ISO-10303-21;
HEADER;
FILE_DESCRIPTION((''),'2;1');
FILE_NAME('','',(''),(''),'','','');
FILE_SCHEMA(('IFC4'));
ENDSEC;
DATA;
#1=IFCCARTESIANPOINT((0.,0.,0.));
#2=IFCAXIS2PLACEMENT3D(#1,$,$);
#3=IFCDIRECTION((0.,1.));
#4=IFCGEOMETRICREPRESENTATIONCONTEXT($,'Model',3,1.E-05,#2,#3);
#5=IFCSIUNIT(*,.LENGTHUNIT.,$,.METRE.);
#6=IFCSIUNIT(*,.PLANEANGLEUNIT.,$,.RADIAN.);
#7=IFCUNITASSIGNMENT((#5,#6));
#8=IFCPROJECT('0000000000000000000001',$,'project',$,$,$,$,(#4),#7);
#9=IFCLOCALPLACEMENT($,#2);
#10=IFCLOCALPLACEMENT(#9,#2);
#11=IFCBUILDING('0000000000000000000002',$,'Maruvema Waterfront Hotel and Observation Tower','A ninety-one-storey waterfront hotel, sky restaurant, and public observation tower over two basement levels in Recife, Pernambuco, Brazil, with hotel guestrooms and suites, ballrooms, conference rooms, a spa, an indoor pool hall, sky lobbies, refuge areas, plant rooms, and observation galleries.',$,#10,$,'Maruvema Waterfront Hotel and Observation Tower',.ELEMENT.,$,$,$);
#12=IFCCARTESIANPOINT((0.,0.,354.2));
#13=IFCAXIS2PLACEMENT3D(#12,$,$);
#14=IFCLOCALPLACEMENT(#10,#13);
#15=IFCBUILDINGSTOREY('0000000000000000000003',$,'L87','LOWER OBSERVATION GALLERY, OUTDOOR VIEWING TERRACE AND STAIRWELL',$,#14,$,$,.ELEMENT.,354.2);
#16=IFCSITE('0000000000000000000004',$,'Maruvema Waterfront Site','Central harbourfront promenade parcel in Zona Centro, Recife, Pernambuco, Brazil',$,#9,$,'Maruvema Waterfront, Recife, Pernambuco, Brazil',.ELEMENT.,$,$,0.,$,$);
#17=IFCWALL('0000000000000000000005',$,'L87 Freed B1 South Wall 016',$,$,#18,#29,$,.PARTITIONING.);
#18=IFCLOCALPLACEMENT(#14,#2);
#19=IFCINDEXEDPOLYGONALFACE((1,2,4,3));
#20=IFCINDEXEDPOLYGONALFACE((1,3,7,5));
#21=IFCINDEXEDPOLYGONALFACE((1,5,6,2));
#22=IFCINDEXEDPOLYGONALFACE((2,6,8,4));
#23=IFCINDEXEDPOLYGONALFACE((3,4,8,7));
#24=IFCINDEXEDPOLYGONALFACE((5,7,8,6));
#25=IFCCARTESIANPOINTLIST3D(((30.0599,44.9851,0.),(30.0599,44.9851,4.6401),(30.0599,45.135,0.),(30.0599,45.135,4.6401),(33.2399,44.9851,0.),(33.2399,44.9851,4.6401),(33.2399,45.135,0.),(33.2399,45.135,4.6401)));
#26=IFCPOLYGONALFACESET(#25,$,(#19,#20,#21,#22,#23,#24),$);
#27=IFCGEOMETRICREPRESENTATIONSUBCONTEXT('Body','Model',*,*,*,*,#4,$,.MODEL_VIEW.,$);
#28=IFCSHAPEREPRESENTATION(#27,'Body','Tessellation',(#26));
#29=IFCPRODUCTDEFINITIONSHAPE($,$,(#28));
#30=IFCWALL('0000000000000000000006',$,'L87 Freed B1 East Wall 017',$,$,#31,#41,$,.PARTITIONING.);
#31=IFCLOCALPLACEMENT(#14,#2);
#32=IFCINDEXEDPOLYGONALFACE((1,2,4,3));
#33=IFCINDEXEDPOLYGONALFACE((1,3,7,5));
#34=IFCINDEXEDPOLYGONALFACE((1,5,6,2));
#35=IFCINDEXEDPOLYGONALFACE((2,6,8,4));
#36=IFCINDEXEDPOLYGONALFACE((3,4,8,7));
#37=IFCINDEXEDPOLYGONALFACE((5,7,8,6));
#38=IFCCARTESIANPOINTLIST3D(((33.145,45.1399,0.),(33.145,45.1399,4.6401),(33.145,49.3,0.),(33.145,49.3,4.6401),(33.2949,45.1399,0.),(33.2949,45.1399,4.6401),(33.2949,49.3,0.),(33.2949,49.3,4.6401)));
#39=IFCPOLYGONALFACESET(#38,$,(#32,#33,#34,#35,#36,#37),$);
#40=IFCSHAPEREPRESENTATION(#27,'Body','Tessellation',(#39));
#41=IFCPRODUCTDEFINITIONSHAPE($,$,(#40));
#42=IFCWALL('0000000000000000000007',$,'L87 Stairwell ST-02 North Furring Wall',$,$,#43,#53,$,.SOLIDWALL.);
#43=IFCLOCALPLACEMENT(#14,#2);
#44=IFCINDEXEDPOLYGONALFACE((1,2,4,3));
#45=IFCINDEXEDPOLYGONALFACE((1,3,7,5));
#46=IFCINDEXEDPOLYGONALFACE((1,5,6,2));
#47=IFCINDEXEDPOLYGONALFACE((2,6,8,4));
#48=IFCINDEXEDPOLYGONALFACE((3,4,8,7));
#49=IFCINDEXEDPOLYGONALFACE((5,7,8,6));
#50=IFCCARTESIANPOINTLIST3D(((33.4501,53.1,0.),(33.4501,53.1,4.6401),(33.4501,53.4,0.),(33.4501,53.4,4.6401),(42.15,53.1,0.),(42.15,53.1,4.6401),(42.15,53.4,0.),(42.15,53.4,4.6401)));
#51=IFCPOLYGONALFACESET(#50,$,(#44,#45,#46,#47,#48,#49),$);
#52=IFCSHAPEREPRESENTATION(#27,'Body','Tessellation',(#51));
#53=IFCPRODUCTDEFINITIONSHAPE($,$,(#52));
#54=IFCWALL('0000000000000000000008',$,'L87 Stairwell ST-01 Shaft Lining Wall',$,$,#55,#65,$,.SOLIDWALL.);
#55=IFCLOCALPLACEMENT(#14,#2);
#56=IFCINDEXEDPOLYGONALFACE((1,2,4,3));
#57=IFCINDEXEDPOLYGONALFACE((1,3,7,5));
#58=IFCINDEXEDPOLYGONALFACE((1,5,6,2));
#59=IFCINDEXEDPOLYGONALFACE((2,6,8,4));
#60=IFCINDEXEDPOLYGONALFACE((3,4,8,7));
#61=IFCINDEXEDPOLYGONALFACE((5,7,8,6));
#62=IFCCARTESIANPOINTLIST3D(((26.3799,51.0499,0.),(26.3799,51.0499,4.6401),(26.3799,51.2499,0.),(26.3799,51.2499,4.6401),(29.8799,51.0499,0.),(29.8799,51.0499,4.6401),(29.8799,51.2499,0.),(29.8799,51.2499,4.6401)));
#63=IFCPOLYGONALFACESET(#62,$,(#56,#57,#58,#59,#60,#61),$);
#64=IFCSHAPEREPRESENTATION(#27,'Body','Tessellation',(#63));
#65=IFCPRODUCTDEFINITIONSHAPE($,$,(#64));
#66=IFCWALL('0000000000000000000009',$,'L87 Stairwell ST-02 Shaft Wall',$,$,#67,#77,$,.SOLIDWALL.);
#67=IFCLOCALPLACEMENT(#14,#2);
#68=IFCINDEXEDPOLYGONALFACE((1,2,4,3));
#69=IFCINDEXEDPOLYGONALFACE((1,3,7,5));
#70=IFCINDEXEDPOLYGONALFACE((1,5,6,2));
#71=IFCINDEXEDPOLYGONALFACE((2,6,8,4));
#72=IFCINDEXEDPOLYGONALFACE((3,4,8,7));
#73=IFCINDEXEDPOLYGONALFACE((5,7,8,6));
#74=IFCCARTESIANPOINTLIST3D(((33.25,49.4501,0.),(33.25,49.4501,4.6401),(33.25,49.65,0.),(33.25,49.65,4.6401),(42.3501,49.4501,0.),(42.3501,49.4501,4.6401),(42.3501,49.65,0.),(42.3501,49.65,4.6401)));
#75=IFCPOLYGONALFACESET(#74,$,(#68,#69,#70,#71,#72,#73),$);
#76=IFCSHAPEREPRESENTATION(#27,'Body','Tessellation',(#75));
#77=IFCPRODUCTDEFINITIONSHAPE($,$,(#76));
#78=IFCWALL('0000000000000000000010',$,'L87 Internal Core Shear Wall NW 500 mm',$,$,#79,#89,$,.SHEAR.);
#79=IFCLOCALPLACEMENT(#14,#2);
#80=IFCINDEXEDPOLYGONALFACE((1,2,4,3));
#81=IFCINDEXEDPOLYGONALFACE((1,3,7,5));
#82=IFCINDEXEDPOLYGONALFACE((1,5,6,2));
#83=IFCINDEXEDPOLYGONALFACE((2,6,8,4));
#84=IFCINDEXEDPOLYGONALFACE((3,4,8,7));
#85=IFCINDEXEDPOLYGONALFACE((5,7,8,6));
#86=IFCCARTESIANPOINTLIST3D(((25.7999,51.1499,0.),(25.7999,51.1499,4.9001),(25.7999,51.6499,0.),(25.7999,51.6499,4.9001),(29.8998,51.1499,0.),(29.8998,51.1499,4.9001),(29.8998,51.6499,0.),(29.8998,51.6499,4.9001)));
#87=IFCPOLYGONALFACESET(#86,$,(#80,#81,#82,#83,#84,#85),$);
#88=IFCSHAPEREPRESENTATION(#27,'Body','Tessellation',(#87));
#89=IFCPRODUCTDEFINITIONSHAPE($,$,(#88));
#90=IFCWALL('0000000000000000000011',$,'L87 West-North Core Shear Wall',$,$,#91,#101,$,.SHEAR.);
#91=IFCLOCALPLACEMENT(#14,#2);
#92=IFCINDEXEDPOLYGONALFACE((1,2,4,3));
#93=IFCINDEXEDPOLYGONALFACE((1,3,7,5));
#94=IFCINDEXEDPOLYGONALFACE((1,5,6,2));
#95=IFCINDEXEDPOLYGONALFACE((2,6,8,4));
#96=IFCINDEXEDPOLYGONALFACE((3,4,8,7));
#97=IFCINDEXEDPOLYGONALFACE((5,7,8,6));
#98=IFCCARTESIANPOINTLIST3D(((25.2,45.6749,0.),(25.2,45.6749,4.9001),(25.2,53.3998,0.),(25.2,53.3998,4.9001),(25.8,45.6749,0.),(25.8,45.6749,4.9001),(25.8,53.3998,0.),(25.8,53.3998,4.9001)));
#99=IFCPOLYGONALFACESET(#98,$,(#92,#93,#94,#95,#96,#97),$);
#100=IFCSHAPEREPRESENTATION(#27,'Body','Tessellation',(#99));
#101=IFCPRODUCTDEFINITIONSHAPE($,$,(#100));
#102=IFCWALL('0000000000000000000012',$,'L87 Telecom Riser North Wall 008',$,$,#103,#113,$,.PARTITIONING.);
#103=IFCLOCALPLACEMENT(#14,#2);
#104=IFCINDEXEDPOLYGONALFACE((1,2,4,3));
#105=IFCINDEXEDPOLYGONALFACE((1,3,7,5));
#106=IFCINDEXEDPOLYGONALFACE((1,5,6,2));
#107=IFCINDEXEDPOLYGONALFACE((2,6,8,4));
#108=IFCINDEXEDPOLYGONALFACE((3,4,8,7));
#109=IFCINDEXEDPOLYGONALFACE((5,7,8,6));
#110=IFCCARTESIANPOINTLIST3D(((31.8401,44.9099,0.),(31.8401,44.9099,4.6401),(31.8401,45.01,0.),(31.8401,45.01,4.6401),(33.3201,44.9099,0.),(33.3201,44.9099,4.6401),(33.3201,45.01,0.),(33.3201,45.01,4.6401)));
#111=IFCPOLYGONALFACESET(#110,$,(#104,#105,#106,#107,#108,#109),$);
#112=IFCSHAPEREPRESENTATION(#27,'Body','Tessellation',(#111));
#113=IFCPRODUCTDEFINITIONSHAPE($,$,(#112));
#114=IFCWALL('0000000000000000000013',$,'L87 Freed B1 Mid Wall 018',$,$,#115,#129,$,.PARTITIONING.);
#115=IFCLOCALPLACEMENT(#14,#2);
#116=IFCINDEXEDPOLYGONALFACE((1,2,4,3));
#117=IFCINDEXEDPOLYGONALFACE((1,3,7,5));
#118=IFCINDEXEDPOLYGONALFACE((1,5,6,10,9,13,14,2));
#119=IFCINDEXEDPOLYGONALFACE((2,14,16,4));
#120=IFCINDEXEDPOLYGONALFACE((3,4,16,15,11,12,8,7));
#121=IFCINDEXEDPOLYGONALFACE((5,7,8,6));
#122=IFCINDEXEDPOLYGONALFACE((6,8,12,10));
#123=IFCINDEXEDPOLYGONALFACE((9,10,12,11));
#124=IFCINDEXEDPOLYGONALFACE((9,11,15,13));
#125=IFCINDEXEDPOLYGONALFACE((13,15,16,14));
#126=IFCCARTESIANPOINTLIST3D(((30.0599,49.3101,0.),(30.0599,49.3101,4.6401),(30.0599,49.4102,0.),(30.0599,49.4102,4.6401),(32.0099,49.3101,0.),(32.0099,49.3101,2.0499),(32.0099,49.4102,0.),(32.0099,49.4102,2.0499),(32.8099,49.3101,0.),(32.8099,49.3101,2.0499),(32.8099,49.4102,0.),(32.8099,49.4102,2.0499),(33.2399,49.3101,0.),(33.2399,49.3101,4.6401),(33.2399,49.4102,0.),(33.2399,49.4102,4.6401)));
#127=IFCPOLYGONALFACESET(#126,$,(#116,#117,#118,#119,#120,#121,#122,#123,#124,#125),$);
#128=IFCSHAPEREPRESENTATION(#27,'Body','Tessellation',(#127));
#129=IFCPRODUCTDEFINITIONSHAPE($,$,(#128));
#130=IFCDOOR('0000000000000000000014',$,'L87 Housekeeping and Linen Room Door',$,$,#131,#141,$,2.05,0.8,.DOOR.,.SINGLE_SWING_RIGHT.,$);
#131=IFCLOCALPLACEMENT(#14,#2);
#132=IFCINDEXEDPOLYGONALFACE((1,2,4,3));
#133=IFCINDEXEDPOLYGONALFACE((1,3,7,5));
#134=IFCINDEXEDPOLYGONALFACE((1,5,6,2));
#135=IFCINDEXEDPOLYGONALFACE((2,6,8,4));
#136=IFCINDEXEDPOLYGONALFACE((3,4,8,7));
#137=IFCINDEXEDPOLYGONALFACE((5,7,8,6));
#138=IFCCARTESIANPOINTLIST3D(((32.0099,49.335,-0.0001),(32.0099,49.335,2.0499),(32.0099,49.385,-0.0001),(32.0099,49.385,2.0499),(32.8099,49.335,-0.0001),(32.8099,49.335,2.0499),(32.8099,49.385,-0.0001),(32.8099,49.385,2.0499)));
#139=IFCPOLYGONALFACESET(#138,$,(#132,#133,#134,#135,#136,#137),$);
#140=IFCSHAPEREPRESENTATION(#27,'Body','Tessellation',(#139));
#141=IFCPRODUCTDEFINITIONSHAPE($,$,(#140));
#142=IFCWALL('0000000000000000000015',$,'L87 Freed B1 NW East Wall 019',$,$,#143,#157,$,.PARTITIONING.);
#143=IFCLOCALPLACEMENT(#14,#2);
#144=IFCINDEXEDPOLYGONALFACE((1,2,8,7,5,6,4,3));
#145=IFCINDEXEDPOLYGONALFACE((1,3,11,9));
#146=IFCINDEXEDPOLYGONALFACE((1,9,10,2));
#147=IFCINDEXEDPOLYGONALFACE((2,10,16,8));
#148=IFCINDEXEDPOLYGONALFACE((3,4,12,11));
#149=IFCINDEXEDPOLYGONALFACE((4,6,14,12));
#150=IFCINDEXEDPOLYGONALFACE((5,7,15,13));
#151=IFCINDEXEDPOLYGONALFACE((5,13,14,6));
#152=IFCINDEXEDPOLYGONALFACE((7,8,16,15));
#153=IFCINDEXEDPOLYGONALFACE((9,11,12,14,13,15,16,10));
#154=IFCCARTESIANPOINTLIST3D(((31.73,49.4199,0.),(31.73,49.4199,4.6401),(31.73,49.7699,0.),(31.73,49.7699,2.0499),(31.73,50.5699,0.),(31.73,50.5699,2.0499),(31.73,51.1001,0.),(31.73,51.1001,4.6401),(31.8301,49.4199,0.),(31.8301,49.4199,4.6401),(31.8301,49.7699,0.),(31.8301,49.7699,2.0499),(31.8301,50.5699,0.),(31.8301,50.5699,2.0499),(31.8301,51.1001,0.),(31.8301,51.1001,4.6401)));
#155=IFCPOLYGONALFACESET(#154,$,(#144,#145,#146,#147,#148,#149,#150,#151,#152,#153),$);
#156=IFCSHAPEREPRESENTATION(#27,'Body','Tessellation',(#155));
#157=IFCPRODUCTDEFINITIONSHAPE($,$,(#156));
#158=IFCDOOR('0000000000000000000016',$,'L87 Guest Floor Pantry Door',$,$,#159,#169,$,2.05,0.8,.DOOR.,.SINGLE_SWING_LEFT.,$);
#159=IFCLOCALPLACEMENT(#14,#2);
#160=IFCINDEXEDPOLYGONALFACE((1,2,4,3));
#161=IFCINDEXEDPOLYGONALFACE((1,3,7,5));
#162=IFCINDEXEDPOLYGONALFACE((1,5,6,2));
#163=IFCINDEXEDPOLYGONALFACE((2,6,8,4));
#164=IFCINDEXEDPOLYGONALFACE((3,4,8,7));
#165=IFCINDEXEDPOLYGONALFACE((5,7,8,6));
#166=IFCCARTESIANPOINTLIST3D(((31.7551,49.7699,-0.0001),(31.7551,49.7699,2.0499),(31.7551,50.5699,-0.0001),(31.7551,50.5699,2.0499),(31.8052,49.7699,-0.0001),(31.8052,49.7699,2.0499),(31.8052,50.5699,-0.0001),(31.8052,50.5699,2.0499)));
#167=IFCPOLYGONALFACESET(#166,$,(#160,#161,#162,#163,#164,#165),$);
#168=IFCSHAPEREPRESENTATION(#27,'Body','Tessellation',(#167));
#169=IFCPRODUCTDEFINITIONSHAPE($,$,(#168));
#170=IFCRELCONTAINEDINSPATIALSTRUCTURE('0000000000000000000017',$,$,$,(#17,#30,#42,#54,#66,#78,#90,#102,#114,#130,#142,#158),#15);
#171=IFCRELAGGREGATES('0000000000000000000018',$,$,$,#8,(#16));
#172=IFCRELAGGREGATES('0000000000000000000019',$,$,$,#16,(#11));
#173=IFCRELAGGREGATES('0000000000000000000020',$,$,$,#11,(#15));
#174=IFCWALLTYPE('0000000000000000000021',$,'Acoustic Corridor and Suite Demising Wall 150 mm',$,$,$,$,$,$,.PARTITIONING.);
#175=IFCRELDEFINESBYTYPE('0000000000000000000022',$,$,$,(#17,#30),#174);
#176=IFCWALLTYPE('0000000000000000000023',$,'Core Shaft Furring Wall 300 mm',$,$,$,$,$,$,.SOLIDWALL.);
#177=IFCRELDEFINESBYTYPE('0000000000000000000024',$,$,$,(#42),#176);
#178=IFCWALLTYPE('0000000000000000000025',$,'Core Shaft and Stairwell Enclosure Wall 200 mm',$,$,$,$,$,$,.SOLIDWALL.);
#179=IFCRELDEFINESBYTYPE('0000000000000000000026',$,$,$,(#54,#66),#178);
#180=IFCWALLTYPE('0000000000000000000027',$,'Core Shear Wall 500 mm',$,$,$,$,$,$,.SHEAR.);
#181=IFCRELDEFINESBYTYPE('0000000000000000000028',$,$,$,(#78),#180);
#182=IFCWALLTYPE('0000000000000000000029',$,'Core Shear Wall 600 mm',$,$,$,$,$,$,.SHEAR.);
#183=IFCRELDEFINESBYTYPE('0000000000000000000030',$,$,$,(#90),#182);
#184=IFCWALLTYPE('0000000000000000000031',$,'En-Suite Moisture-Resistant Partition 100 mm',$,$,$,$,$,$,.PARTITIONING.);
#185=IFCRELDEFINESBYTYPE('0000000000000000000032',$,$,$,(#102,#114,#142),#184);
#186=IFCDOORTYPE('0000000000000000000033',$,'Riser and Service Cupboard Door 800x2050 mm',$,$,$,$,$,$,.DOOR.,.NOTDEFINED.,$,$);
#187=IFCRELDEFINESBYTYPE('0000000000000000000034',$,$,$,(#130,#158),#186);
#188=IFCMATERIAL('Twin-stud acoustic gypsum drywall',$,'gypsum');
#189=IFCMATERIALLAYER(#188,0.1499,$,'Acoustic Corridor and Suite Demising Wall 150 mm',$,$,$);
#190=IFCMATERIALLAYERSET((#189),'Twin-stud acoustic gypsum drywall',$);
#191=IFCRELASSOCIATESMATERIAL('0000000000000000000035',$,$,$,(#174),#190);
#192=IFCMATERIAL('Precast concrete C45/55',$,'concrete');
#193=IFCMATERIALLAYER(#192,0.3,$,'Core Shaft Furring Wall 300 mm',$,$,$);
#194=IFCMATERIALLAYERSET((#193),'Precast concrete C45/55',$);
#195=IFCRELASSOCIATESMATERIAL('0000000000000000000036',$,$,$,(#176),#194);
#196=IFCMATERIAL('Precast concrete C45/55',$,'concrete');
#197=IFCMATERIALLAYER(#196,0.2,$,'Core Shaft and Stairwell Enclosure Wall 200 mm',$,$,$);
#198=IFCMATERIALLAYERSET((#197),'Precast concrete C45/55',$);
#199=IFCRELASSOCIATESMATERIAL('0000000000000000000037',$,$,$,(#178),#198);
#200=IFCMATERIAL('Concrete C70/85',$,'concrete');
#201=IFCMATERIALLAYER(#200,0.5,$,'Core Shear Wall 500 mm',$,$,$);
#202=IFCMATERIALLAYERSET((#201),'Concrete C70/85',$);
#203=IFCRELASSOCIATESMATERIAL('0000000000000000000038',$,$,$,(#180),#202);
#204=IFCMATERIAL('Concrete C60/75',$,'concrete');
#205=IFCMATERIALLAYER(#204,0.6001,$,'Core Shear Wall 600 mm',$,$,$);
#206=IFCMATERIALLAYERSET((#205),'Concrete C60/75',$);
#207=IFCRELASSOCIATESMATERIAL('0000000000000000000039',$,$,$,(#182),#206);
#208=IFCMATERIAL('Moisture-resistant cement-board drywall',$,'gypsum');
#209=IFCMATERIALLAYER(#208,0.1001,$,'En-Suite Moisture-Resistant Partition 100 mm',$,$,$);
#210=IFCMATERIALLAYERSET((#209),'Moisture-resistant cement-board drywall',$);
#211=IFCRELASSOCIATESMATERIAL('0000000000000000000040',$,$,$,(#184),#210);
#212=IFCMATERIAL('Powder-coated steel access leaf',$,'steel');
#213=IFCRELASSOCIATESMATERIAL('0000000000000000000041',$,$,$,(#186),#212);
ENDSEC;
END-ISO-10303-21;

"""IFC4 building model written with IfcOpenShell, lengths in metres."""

from ifc_helpers import new_model, si_unit, direction, frame, frame_2d, origin, place, context, subcontext, project, spatial, rectangle, extrude, material, layer, layer_set, type_object, element, fill, save


model = new_model("IFC4")

# Units and contexts
model_context = context("Model", 3, precision=1e-05, world=origin(), true_north=direction((0.0, 1.0)))
body_context = subcontext(model_context, "Body", "Model", "MODEL_VIEW")
ifc_project = project(units=[si_unit("LENGTHUNIT", "METRE"), si_unit("PLANEANGLEUNIT", "RADIAN")], contexts=[model_context])

# Site, building, storey
site_placement = place(None, origin())
site = spatial("IfcSite", under=ifc_project, at=site_placement, Name="Maruvema Waterfront Site", Description="Central harbourfront promenade parcel in Zona Centro, Recife, Pernambuco, Brazil", LongName="Maruvema Waterfront, Recife, Pernambuco, Brazil", CompositionType="ELEMENT", RefElevation=0.0)
building_placement = place(site_placement, origin())
building = spatial("IfcBuilding", under=site, at=building_placement, Name="Maruvema Waterfront Hotel and Observation Tower", Description="A ninety-one-storey waterfront hotel, sky restaurant, and public observation tower over two basement levels in Recife, Pernambuco, Brazil, with hotel guestrooms and suites, ballrooms, conference rooms, a spa, an indoor pool hall, sky lobbies, refuge areas, plant rooms, and observation galleries.", LongName="Maruvema Waterfront Hotel and Observation Tower", CompositionType="ELEMENT")
storey_placement = place(building_placement, frame((0.0, 0.0, 354.2)))
storey = spatial("IfcBuildingStorey", under=building, at=storey_placement, Name="L87", Description="LOWER OBSERVATION GALLERY, OUTDOOR VIEWING TERRACE AND STAIRWELL", CompositionType="ELEMENT", Elevation=354.2)

# Walls
ifc_material_1 = material(Name="Twin-stud acoustic gypsum drywall", Category="gypsum")
ifc_layer_1 = layer(ifc_material_1, 0.1499, Name="Acoustic Corridor and Suite Demising Wall 150 mm")
ifc_layer_set_1 = layer_set([ifc_layer_1], Name="Twin-stud acoustic gypsum drywall")
wall_type_1 = type_object("IfcWallType", Name="Acoustic Corridor and Suite Demising Wall 150 mm", PredefinedType="PARTITIONING", material=ifc_layer_set_1)
wall_1_placement = place(storey_placement, frame((30.0601, 45.0601, 0.0), z_axis=(0.0, 0.0, 1.0), x_axis=(1.0, 0.0, 0.0)))
element("IfcWall", 1, at=wall_1_placement, inside=storey, type_object=wall_type_1, Name="L87 Freed B1 South Wall 016", PredefinedType="PARTITIONING", context=body_context, shape_type="SweptSolid", body=[
    extrude(rectangle(XDim=3.1799, YDim=0.1499, at=frame_2d((1.5898, 0.0))), origin(), (0.0, 0.0, 1.0), 4.6401),
])
wall_2_placement = place(storey_placement, frame((33.22, 45.1399, 0.0), z_axis=(0.0, 0.0, 1.0), x_axis=(0.0, 1.0, 0.0)))
element("IfcWall", 2, at=wall_2_placement, inside=storey, type_object=wall_type_1, Name="L87 Freed B1 East Wall 017", PredefinedType="PARTITIONING", context=body_context, shape_type="SweptSolid", body=[
    extrude(rectangle(XDim=4.1602, YDim=0.1499, at=frame_2d((2.0801, 0.0))), origin(), (0.0, 0.0, 1.0), 4.6401),
])
ifc_material_2 = material(Name="Precast concrete C45/55", Category="concrete")
ifc_layer_2 = layer(ifc_material_2, 0.3, Name="Core Shaft Furring Wall 300 mm")
ifc_layer_set_2 = layer_set([ifc_layer_2], Name="Precast concrete C45/55")
wall_type_2 = type_object("IfcWallType", Name="Core Shaft Furring Wall 300 mm", PredefinedType="SOLIDWALL", material=ifc_layer_set_2)
wall_3_placement = place(storey_placement, frame((33.45, 53.25, 0.0), z_axis=(0.0, 0.0, 1.0), x_axis=(1.0, 0.0, 0.0)))
element("IfcWall", 3, at=wall_3_placement, inside=storey, type_object=wall_type_2, Name="L87 Stairwell ST-02 North Furring Wall", PredefinedType="SOLIDWALL", context=body_context, shape_type="SweptSolid", body=[
    extrude(rectangle(XDim=8.7, YDim=0.3, at=frame_2d((4.3501, 0.0))), origin(), (0.0, 0.0, 1.0), 4.6401),
])
ifc_material_3 = material(Name="Precast concrete C45/55", Category="concrete")
ifc_layer_3 = layer(ifc_material_3, 0.2, Name="Core Shaft and Stairwell Enclosure Wall 200 mm")
ifc_layer_set_3 = layer_set([ifc_layer_3], Name="Precast concrete C45/55")
wall_type_3 = type_object("IfcWallType", Name="Core Shaft and Stairwell Enclosure Wall 200 mm", PredefinedType="SOLIDWALL", material=ifc_layer_set_3)
wall_4_placement = place(storey_placement, frame((26.3799, 51.1499, 0.0), z_axis=(0.0, 0.0, 1.0), x_axis=(1.0, 0.0, 0.0)))
element("IfcWall", 4, at=wall_4_placement, inside=storey, type_object=wall_type_3, Name="L87 Stairwell ST-01 Shaft Lining Wall", PredefinedType="SOLIDWALL", context=body_context, shape_type="SweptSolid", body=[
    extrude(rectangle(XDim=3.5, YDim=0.2, at=frame_2d((1.75, 0.0))), origin(), (0.0, 0.0, 1.0), 4.6401),
])
wall_5_placement = place(storey_placement, frame((33.25, 49.55, 0.0), z_axis=(0.0, 0.0, 1.0), x_axis=(1.0, 0.0, 0.0)))
element("IfcWall", 5, at=wall_5_placement, inside=storey, type_object=wall_type_3, Name="L87 Stairwell ST-02 Shaft Wall", PredefinedType="SOLIDWALL", context=body_context, shape_type="SweptSolid", body=[
    extrude(rectangle(XDim=9.1001, YDim=0.2, at=frame_2d((4.55, 0.0))), origin(), (0.0, 0.0, 1.0), 4.6401),
])

# Walls
ifc_material_4 = material(Name="Concrete C70/85", Category="concrete")
ifc_layer_4 = layer(ifc_material_4, 0.5, Name="Core Shear Wall 500 mm")
ifc_layer_set_4 = layer_set([ifc_layer_4], Name="Concrete C70/85")
wall_type_4 = type_object("IfcWallType", Name="Core Shear Wall 500 mm", PredefinedType="SHEAR", material=ifc_layer_set_4)
wall_6_placement = place(storey_placement, frame((25.8, 51.3999, 0.0), z_axis=(0.0, 0.0, 1.0), x_axis=(1.0, 0.0, 0.0)))
element("IfcWall", 6, at=wall_6_placement, inside=storey, type_object=wall_type_4, Name="L87 Internal Core Shear Wall NW 500 mm", PredefinedType="SHEAR", context=body_context, shape_type="SweptSolid", body=[
    extrude(rectangle(XDim=4.0999, YDim=0.5, at=frame_2d((2.0498, 0.0))), origin(), (0.0, 0.0, 1.0), 4.9001),
])
ifc_material_5 = material(Name="Concrete C60/75", Category="concrete")
ifc_layer_5 = layer(ifc_material_5, 0.6001, Name="Core Shear Wall 600 mm")
ifc_layer_set_5 = layer_set([ifc_layer_5], Name="Concrete C60/75")
wall_type_5 = type_object("IfcWallType", Name="Core Shear Wall 600 mm", PredefinedType="SHEAR", material=ifc_layer_set_5)
wall_7_placement = place(storey_placement, frame((25.5, 45.675, 0.0), z_axis=(0.0, 0.0, 1.0), x_axis=(0.0, 1.0, 0.0)))
element("IfcWall", 7, at=wall_7_placement, inside=storey, type_object=wall_type_5, Name="L87 West-North Core Shear Wall", PredefinedType="SHEAR", context=body_context, shape_type="SweptSolid", body=[
    extrude(rectangle(XDim=7.7249, YDim=0.6001, at=frame_2d((3.8623, 0.0))), origin(), (0.0, 0.0, 1.0), 4.9001),
])
ifc_material_6 = material(Name="Moisture-resistant cement-board drywall", Category="gypsum")
ifc_layer_6 = layer(ifc_material_6, 0.1001, Name="En-Suite Moisture-Resistant Partition 100 mm")
ifc_layer_set_6 = layer_set([ifc_layer_6], Name="Moisture-resistant cement-board drywall")
wall_type_6 = type_object("IfcWallType", Name="En-Suite Moisture-Resistant Partition 100 mm", PredefinedType="PARTITIONING", material=ifc_layer_set_6)
wall_8_placement = place(storey_placement, frame((31.8401, 44.96, 0.0), z_axis=(0.0, 0.0, 1.0), x_axis=(1.0, 0.0, 0.0)))
element("IfcWall", 8, at=wall_8_placement, inside=storey, type_object=wall_type_6, Name="L87 Telecom Riser North Wall 008", PredefinedType="PARTITIONING", context=body_context, shape_type="SweptSolid", body=[
    extrude(rectangle(XDim=1.48, YDim=0.1001, at=frame_2d((0.74, 0.0))), origin(), (0.0, 0.0, 1.0), 4.6401),
])

# Walls, openings, doors
wall_9_placement = place(storey_placement, frame((30.0601, 49.3601, 0.0), z_axis=(0.0, 0.0, 1.0), x_axis=(1.0, 0.0, 0.0)))
wall_9 = element("IfcWall", 9, at=wall_9_placement, inside=storey, type_object=wall_type_6, Name="L87 Freed B1 Mid Wall 018", PredefinedType="PARTITIONING", context=body_context, shape_type="SweptSolid", body=[
    extrude(rectangle(XDim=3.1799, YDim=0.1001, at=frame_2d((1.5898, 0.0))), origin(), (0.0, 0.0, 1.0), 4.6401),
])
opening_1_placement = place(wall_9_placement, frame((1.95, 0.0, 0.0)))
opening_1 = element("IfcOpeningElement", 10, at=opening_1_placement, cuts=wall_9, PredefinedType="OPENING", context=body_context, shape_type="SweptSolid", body=[
    extrude(rectangle(XDim=0.8, YDim=2.05, at=frame_2d((0.3999, 1.0249))), frame((0.0, 0.0601, 0.0), z_axis=(0.0, -1.0, 0.0), x_axis=(1.0, 0.0, 0.0)), (0.0, 0.0, 1.0), 0.1201),
])
ifc_material_7 = material(Name="Powder-coated steel access leaf", Category="steel")
door_type_1 = type_object("IfcDoorType", Name="Riser and Service Cupboard Door 800x2050 mm", OperationType="NOTDEFINED", PredefinedType="DOOR", material=ifc_material_7)
door_1_placement = place(opening_1_placement, origin())
door_1 = element("IfcDoor", 11, at=door_1_placement, inside=storey, type_object=door_type_1, Name="L87 Housekeeping and Linen Room Door", OperationType="SINGLE_SWING_RIGHT", OverallHeight=2.05, OverallWidth=0.8, PredefinedType="DOOR", context=body_context, shape_type="SweptSolid", body=[
    extrude(rectangle(XDim=0.8, YDim=2.05, at=frame_2d((0.3999, 1.0249))), frame((0.0, 0.0249, 0.0), z_axis=(0.0, -1.0, 0.0), x_axis=(1.0, 0.0, 0.0)), (0.0, 0.0, 1.0), 0.05),
])
fill(opening_1, door_1)
wall_10_placement = place(storey_placement, frame((31.78, 49.4199, 0.0), z_axis=(0.0, 0.0, 1.0), x_axis=(0.0, 1.0, 0.0)))
wall_10 = element("IfcWall", 12, at=wall_10_placement, inside=storey, type_object=wall_type_6, Name="L87 Freed B1 NW East Wall 019", PredefinedType="PARTITIONING", context=body_context, shape_type="SweptSolid", body=[
    extrude(rectangle(XDim=1.6802, YDim=0.1001, at=frame_2d((0.8401, 0.0))), origin(), (0.0, 0.0, 1.0), 4.6401),
])
opening_2_placement = place(wall_10_placement, frame((0.3501, 0.0, 0.0)))
opening_2 = element("IfcOpeningElement", 13, at=opening_2_placement, cuts=wall_10, PredefinedType="OPENING", context=body_context, shape_type="SweptSolid", body=[
    extrude(rectangle(XDim=0.8, YDim=2.05, at=frame_2d((0.3999, 1.0249))), frame((0.0, 0.0601, 0.0), z_axis=(0.0, -1.0, 0.0), x_axis=(1.0, 0.0, 0.0)), (0.0, 0.0, 1.0), 0.1201),
])
door_2_placement = place(opening_2_placement, origin())
door_2 = element("IfcDoor", 14, at=door_2_placement, inside=storey, type_object=door_type_1, Name="L87 Guest Floor Pantry Door", OperationType="SINGLE_SWING_LEFT", OverallHeight=2.05, OverallWidth=0.8, PredefinedType="DOOR", context=body_context, shape_type="SweptSolid", body=[
    extrude(rectangle(XDim=0.8, YDim=2.05, at=frame_2d((0.3999, 1.0249))), frame((0.0, 0.0249, 0.0), z_axis=(0.0, -1.0, 0.0), x_axis=(1.0, 0.0, 0.0)), (0.0, 0.0, 1.0), 0.05),
])
fill(opening_2, door_2)

save(model, "model.ifc")
